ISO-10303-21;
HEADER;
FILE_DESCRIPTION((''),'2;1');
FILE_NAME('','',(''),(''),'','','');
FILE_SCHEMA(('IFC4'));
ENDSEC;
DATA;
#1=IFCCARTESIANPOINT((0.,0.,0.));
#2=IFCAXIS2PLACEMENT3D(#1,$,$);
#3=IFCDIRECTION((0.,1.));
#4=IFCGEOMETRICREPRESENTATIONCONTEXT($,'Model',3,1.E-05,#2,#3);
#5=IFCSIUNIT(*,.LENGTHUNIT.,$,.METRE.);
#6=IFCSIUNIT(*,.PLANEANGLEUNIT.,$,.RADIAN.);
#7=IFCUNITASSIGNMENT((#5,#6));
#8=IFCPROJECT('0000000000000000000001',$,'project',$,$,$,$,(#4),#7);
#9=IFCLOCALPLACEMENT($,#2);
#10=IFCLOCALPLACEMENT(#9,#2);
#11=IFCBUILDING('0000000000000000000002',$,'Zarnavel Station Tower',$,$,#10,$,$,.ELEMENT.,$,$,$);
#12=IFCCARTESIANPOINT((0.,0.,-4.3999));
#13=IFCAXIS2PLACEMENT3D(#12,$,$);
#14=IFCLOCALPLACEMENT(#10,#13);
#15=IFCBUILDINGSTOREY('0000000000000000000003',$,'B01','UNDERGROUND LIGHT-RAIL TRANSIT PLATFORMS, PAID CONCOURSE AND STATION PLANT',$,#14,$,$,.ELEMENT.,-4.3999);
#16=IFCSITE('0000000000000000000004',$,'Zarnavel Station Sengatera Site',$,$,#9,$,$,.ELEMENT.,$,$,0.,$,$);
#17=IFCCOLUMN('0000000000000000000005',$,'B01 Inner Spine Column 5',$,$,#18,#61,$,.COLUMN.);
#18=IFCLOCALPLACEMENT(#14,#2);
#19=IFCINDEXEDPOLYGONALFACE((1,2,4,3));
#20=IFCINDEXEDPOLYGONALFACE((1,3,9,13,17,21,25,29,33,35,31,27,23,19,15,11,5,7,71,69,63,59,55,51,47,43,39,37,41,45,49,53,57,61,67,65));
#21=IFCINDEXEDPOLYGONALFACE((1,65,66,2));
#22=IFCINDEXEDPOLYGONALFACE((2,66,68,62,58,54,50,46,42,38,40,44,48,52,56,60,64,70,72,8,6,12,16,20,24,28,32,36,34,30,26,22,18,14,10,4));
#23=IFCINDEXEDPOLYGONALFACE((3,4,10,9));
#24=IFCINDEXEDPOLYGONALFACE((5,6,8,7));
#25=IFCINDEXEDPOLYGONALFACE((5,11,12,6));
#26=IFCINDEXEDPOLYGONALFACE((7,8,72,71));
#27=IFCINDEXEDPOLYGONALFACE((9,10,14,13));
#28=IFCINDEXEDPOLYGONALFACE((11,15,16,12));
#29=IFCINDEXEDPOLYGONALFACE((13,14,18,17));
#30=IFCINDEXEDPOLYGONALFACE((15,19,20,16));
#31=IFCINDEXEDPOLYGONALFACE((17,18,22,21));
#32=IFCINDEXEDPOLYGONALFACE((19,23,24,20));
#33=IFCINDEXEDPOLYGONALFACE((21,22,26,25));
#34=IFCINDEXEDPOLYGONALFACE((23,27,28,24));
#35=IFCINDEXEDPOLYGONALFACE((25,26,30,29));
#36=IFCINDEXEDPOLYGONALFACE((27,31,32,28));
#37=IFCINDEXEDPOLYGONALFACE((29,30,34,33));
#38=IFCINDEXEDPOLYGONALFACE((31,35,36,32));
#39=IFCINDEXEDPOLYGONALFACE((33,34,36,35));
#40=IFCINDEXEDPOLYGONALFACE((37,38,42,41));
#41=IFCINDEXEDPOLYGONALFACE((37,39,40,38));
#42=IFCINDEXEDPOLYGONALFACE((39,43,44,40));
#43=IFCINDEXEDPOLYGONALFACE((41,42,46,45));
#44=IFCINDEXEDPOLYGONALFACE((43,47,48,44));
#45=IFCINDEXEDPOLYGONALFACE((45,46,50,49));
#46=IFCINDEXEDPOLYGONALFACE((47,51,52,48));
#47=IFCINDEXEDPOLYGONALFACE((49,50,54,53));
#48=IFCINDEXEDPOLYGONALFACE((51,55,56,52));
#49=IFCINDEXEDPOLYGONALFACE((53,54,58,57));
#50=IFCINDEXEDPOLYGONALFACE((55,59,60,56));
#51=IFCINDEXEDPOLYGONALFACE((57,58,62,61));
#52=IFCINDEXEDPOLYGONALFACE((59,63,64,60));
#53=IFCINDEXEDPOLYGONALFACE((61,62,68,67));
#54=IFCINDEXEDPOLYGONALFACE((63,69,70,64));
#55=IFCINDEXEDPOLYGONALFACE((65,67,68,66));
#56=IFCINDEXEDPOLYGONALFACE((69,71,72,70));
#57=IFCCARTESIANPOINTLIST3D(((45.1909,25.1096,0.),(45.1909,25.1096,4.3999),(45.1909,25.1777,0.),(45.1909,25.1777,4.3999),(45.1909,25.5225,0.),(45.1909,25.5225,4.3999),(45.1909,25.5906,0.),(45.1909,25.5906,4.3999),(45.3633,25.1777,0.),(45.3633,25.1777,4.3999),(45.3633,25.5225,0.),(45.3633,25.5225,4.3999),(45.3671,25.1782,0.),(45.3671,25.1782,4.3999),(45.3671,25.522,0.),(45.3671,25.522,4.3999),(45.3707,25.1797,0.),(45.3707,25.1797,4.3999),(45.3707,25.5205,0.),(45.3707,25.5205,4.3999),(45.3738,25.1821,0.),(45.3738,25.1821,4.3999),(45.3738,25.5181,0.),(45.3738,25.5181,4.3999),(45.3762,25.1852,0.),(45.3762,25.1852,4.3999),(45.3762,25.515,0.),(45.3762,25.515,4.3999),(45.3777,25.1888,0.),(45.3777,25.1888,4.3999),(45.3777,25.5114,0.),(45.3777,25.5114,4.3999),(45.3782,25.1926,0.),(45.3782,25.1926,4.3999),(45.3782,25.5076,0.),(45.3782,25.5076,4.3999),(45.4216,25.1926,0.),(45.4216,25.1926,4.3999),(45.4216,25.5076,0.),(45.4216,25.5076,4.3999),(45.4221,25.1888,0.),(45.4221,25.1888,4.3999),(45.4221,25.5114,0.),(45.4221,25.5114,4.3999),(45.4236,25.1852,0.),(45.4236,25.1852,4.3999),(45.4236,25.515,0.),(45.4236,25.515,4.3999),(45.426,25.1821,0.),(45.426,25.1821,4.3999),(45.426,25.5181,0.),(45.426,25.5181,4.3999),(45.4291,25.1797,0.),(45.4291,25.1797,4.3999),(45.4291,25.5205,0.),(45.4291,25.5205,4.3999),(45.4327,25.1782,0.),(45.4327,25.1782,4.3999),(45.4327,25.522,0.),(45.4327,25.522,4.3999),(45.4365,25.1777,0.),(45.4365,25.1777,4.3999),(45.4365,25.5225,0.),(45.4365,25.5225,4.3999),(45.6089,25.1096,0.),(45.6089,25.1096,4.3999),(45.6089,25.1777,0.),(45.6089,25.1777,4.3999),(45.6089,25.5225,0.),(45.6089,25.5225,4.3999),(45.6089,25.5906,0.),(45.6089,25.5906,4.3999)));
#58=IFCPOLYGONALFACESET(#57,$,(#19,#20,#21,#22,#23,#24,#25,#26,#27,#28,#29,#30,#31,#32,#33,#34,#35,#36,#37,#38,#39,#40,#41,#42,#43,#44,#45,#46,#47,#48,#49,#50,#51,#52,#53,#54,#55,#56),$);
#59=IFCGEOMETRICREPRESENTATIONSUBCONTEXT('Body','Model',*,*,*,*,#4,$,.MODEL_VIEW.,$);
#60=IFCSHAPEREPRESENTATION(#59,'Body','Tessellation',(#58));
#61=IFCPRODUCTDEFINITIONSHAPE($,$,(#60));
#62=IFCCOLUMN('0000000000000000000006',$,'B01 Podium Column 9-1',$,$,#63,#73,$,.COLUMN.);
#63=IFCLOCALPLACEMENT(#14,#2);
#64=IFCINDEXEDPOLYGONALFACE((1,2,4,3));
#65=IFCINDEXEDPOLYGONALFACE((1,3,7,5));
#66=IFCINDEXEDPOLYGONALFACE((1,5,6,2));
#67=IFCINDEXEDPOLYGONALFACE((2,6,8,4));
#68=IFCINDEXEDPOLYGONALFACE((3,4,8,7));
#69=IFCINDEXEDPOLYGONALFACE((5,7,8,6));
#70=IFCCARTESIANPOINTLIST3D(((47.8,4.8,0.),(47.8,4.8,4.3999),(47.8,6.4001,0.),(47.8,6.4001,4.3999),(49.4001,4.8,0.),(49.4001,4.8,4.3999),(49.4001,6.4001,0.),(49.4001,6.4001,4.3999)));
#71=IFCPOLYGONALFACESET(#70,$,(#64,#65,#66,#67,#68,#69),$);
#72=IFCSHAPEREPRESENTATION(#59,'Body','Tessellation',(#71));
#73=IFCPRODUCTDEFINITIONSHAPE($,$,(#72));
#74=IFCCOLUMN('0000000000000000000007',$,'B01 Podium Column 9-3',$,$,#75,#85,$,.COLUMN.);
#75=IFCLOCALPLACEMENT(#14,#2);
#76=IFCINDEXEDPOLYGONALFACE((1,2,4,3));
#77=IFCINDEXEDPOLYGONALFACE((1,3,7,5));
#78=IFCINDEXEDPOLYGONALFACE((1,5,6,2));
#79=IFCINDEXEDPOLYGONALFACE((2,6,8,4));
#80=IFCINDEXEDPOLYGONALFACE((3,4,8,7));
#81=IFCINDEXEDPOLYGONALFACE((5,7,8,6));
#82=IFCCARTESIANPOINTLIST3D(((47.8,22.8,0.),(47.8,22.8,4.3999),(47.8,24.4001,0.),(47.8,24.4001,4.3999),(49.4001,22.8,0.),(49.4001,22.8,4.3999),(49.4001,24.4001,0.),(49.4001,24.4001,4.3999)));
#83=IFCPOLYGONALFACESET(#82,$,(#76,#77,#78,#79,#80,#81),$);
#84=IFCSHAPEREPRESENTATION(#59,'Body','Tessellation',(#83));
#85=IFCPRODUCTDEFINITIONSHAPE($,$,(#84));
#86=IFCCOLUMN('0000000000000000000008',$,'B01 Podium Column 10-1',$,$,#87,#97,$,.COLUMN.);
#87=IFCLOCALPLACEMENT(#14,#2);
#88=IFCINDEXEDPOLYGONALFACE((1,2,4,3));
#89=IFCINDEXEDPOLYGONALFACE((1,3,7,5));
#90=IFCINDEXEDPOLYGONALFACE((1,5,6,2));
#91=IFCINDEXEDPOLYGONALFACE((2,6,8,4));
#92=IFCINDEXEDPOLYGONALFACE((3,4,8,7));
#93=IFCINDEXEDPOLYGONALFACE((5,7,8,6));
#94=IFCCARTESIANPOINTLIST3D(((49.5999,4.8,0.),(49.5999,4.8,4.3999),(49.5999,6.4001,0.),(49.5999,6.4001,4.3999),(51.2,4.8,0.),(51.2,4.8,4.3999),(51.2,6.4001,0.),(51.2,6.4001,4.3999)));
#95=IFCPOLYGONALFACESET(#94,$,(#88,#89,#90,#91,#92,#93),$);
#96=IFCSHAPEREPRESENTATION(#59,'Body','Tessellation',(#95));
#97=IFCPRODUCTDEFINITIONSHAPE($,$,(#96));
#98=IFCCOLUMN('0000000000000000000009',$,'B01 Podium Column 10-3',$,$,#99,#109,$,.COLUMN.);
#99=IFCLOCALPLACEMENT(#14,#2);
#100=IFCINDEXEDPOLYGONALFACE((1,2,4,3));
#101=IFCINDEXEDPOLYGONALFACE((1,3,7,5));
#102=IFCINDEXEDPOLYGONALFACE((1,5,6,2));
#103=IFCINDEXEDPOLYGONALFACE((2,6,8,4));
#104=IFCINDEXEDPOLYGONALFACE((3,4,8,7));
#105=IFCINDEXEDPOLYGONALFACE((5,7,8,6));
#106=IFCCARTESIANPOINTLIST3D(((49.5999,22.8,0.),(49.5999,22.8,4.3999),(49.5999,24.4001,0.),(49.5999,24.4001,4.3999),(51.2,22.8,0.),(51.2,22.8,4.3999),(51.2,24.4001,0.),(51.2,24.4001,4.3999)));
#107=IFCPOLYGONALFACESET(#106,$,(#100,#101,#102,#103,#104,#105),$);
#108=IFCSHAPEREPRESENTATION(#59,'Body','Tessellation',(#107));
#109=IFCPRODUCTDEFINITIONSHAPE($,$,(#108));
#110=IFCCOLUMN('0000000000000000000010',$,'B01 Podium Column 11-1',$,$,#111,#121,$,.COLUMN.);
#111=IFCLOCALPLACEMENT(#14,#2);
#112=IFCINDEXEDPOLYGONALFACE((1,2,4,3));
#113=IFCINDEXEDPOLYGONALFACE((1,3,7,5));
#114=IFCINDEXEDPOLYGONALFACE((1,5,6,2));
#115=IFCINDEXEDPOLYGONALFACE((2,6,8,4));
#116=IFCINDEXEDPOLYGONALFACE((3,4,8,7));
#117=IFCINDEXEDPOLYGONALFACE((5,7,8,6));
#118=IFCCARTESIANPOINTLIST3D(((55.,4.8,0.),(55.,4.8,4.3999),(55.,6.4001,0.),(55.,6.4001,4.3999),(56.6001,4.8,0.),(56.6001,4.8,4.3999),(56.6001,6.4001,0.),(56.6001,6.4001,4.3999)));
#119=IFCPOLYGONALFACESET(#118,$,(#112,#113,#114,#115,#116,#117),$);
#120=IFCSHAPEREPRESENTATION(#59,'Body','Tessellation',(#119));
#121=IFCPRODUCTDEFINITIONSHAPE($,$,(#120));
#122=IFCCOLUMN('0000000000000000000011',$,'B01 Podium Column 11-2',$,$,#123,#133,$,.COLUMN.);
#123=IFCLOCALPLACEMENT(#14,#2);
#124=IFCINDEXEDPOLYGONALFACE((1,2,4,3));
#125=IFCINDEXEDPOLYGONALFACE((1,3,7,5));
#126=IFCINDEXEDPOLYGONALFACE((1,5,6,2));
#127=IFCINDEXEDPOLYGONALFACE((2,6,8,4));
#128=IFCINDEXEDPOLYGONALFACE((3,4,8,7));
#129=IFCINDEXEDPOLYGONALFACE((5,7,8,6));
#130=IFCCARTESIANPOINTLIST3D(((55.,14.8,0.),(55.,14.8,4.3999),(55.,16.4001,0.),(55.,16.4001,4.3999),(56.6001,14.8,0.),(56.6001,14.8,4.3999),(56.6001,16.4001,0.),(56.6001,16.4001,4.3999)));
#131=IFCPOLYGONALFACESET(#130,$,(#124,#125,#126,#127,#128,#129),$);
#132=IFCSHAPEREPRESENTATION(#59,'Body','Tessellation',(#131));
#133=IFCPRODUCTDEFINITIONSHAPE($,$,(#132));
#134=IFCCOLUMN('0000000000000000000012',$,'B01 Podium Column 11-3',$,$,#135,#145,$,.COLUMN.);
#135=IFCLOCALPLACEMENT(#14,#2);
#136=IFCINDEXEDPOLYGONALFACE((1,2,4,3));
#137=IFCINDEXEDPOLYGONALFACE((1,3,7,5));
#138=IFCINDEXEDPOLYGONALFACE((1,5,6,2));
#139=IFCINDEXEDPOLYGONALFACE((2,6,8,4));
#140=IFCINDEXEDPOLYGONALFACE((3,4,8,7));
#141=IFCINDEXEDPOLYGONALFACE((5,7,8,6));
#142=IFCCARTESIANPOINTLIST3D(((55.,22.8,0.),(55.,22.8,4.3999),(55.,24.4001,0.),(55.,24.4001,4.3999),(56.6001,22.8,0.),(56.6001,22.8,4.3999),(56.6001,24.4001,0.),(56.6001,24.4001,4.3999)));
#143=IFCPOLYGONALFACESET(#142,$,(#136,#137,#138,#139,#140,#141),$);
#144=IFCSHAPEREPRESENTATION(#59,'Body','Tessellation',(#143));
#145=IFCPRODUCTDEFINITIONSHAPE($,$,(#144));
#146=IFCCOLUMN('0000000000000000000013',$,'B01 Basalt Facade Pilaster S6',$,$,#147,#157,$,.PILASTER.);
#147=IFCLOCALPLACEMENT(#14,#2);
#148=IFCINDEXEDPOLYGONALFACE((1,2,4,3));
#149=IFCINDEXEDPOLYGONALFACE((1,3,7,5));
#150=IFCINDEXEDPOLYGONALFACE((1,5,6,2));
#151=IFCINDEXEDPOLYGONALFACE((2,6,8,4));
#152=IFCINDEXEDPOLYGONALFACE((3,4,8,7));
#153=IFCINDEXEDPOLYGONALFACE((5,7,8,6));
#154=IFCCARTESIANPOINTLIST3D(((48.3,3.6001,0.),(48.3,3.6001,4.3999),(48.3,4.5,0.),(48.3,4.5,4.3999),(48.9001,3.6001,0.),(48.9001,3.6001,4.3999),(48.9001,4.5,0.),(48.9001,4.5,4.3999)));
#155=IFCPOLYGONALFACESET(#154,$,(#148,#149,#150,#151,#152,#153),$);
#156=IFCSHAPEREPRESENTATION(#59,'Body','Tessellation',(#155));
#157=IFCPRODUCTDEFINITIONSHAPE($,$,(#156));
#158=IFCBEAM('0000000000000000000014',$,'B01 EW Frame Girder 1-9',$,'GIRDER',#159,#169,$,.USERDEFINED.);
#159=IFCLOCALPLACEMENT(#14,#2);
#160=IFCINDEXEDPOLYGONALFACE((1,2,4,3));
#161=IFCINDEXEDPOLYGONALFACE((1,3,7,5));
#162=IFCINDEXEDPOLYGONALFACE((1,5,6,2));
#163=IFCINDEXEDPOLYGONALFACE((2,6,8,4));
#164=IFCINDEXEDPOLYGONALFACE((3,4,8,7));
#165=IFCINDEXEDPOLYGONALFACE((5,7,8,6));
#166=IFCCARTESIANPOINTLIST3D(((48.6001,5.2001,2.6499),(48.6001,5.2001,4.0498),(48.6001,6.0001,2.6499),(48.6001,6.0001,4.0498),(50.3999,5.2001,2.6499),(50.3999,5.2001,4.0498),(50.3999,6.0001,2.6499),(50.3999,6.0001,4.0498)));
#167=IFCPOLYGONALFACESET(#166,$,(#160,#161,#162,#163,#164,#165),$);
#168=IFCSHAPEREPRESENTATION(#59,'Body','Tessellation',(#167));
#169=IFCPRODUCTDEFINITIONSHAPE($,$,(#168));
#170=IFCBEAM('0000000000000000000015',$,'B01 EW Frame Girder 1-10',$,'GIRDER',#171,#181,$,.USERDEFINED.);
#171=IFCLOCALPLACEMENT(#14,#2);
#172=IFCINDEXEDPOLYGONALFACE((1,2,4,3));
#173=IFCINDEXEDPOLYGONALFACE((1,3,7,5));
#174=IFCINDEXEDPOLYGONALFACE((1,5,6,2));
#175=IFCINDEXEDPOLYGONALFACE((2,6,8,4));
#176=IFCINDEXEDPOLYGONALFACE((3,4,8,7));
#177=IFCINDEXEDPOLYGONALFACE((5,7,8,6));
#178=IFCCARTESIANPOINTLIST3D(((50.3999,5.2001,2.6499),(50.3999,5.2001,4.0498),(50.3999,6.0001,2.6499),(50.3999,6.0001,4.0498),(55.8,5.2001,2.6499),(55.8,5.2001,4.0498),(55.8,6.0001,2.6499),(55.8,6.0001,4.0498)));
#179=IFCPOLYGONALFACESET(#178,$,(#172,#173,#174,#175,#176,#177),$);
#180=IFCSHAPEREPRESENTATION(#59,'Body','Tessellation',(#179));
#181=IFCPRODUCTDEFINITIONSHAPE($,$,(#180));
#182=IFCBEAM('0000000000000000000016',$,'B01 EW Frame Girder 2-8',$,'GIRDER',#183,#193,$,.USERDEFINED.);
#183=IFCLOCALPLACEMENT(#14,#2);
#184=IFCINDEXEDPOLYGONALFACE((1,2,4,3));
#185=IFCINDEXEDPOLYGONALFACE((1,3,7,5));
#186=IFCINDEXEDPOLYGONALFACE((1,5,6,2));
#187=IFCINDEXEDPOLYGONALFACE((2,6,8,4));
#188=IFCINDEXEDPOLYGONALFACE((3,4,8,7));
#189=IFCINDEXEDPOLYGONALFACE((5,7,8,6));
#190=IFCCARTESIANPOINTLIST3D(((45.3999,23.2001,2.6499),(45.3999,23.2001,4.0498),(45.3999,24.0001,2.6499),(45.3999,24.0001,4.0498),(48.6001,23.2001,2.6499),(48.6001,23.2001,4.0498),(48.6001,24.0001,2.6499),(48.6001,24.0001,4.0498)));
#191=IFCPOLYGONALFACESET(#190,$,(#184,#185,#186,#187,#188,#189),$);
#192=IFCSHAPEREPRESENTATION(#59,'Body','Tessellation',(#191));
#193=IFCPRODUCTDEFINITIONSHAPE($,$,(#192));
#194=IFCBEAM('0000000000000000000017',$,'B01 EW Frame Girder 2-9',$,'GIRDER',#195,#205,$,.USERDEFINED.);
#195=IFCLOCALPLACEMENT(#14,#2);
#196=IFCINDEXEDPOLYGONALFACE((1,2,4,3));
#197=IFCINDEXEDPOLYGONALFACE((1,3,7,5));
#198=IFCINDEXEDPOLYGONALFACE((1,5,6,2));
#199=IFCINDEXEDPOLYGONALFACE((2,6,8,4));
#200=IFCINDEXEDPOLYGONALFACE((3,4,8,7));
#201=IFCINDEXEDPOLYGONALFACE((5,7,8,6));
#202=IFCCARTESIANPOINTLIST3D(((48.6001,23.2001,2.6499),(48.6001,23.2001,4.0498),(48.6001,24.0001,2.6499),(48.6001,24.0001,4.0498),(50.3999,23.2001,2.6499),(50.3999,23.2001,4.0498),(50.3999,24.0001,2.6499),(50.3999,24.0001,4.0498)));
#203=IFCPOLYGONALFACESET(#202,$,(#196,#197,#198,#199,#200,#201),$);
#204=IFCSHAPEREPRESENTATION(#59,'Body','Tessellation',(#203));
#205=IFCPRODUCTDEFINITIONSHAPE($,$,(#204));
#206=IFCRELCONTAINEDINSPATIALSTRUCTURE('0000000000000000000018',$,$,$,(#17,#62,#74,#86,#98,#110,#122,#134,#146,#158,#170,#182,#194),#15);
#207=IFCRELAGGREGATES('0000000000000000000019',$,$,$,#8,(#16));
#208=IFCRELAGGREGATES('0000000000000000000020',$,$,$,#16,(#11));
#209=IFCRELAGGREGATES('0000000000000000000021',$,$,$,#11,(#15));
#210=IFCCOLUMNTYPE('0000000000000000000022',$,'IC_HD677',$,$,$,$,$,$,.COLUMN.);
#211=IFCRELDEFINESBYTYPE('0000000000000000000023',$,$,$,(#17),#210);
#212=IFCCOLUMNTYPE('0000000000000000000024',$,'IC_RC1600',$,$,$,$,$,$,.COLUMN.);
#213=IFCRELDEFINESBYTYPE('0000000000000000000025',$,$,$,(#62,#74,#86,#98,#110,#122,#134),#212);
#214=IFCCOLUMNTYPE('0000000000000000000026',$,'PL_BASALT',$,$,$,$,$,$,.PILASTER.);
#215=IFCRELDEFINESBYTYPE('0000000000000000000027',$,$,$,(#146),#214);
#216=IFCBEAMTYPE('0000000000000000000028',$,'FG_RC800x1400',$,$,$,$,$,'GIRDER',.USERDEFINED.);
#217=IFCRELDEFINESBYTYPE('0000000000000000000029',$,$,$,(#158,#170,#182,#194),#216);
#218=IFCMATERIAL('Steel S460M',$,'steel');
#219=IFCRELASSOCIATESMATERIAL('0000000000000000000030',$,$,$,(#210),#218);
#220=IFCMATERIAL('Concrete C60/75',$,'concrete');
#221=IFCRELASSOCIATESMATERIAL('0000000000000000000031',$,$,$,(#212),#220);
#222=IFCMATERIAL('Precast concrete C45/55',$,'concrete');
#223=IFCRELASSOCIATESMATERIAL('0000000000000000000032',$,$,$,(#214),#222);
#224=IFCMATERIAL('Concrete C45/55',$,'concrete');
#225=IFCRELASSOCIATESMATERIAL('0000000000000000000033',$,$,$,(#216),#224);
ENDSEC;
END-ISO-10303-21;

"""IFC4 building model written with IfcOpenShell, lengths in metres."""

from ifc_helpers import new_model, si_unit, direction, frame, origin, origin_2d, place, context, subcontext, project, spatial, rectangle, i_section, extrude, material, material_profile, profile_set, type_object, element, save


model = new_model("IFC4")

# Units and contexts
model_context = context("Model", 3, precision=1e-05, world=origin(), true_north=direction((0.0, 1.0)))
body_context = subcontext(model_context, "Body", "Model", "MODEL_VIEW")
ifc_project = project(units=[si_unit("LENGTHUNIT", "METRE"), si_unit("PLANEANGLEUNIT", "RADIAN")], contexts=[model_context])

# Site, building, storey
site_placement = place(None, origin())
site = spatial("IfcSite", under=ifc_project, at=site_placement, Name="Zarnavel Station Sengatera Site", CompositionType="ELEMENT", RefElevation=0.0)
building_placement = place(site_placement, origin())
building = spatial("IfcBuilding", under=site, at=building_placement, Name="Zarnavel Station Tower", CompositionType="ELEMENT")
storey_placement = place(building_placement, frame((0.0, 0.0, -4.3999)))
storey = spatial("IfcBuildingStorey", under=building, at=storey_placement, Name="B01", Description="UNDERGROUND LIGHT-RAIL TRANSIT PLATFORMS, PAID CONCOURSE AND STATION PLANT", CompositionType="ELEMENT", Elevation=-4.3999)

# Columns
ifc_material_1 = material(Name="Steel S460M", Category="steel")
ifc_material_profile_1 = material_profile(ifc_material_1, i_section(OverallWidth=0.418, OverallDepth=0.481, WebThickness=0.0435, FlangeThickness=0.0681, FilletRadius=0.0149, at=origin_2d()), Name="HD400x677")
ifc_profile_set_1 = profile_set([ifc_material_profile_1], Name="Steel S460M")
column_type_1 = type_object("IfcColumnType", Name="IC_HD677", PredefinedType="COLUMN", material=ifc_profile_set_1)
column_1_placement = place(storey_placement, frame((45.3999, 25.3501, 0.0), z_axis=(0.0, 0.0, 1.0), x_axis=(1.0, 0.0, 0.0)))
element("IfcColumn", 1, at=column_1_placement, inside=storey, type_object=column_type_1, Name="B01 Inner Spine Column 5", PredefinedType="COLUMN", context=body_context, shape_type="SweptSolid", body=[
    extrude(i_section(OverallWidth=0.418, OverallDepth=0.481, WebThickness=0.0435, FlangeThickness=0.0681, FilletRadius=0.0149, at=origin_2d()), origin(), (0.0, 0.0, 1.0), 4.3999),
])
ifc_material_2 = material(Name="Concrete C60/75", Category="concrete")
ifc_material_profile_2 = material_profile(ifc_material_2, rectangle(XDim=1.6001, YDim=1.6001, at=origin_2d()), Name="RC1600x1600")
ifc_profile_set_2 = profile_set([ifc_material_profile_2], Name="Concrete C60/75")
column_type_2 = type_object("IfcColumnType", Name="IC_RC1600", PredefinedType="COLUMN", material=ifc_profile_set_2)
for number, where, z_axis, x_axis, name in (
    (2, (48.6001, 5.6001, 0.0), (0.0, 0.0, 1.0), (1.0, 0.0, 0.0), "B01 Podium Column 9-1"),
    (3, (48.6001, 23.6001, 0.0), (0.0, 0.0, 1.0), (1.0, 0.0, 0.0), "B01 Podium Column 9-3"),
    (4, (50.3999, 5.6001, 0.0), (0.0, 0.0, 1.0), (1.0, 0.0, 0.0), "B01 Podium Column 10-1"),
    (5, (50.3999, 23.6001, 0.0), (0.0, 0.0, 1.0), (1.0, 0.0, 0.0), "B01 Podium Column 10-3"),
    (6, (55.8, 5.6001, 0.0), (0.0, 0.0, 1.0), (1.0, 0.0, 0.0), "B01 Podium Column 11-1"),
    (7, (55.8, 15.6001, 0.0), (0.0, 0.0, 1.0), (1.0, 0.0, 0.0), "B01 Podium Column 11-2"),
    (8, (55.8, 23.6001, 0.0), (0.0, 0.0, 1.0), (1.0, 0.0, 0.0), "B01 Podium Column 11-3"),
):
    element("IfcColumn", number, at=place(storey_placement, frame(where, z_axis=z_axis, x_axis=x_axis)), inside=storey, type_object=column_type_2, Name=name, PredefinedType="COLUMN", context=body_context, shape_type="SweptSolid", body=[
        extrude(rectangle(XDim=1.6001, YDim=1.6001, at=origin_2d()), origin(), (0.0, 0.0, 1.0), 4.3999),
    ])
ifc_material_3 = material(Name="Precast concrete C45/55", Category="concrete")
ifc_material_profile_3 = material_profile(ifc_material_3, rectangle(XDim=0.6001, YDim=0.8999, at=origin_2d()), Name="RC600x900")
ifc_profile_set_3 = profile_set([ifc_material_profile_3], Name="Precast concrete C45/55")
column_type_3 = type_object("IfcColumnType", Name="PL_BASALT", PredefinedType="PILASTER", material=ifc_profile_set_3)
column_2_placement = place(storey_placement, frame((48.6001, 4.05, 0.0), z_axis=(0.0, 0.0, 1.0), x_axis=(1.0, 0.0, 0.0)))
element("IfcColumn", 9, at=column_2_placement, inside=storey, type_object=column_type_3, Name="B01 Basalt Facade Pilaster S6", PredefinedType="PILASTER", context=body_context, shape_type="SweptSolid", body=[
    extrude(rectangle(XDim=0.6001, YDim=0.8999, at=origin_2d()), origin(), (0.0, 0.0, 1.0), 4.3999),
])

# Beams
ifc_material_4 = material(Name="Concrete C45/55", Category="concrete")
ifc_material_profile_4 = material_profile(ifc_material_4, rectangle(XDim=0.8, YDim=1.3999, at=origin_2d()), Name="RC800x1400")
ifc_profile_set_4 = profile_set([ifc_material_profile_4], Name="Concrete C45/55")
beam_type_1 = type_object("IfcBeamType", Name="FG_RC800x1400", ElementType="GIRDER", PredefinedType="USERDEFINED", material=ifc_profile_set_4)
beam_1_placement = place(storey_placement, frame((48.6001, 5.6001, 3.3499), z_axis=(1.0, 0.0, 0.0), x_axis=(0.0, 1.0, 0.0)))
element("IfcBeam", 10, at=beam_1_placement, inside=storey, type_object=beam_type_1, Name="B01 EW Frame Girder 1-9", ObjectType="GIRDER", PredefinedType="USERDEFINED", context=body_context, shape_type="SweptSolid", body=[
    extrude(rectangle(XDim=0.8, YDim=1.3999, at=origin_2d()), origin(), (0.0, 0.0, 1.0), 1.7998),
])
beam_2_placement = place(storey_placement, frame((50.3999, 5.6001, 3.3499), z_axis=(1.0, 0.0, 0.0), x_axis=(0.0, 1.0, 0.0)))
element("IfcBeam", 11, at=beam_2_placement, inside=storey, type_object=beam_type_1, Name="B01 EW Frame Girder 1-10", ObjectType="GIRDER", PredefinedType="USERDEFINED", context=body_context, shape_type="SweptSolid", body=[
    extrude(rectangle(XDim=0.8, YDim=1.3999, at=origin_2d()), origin(), (0.0, 0.0, 1.0), 5.4001),
])
beam_3_placement = place(storey_placement, frame((45.3999, 23.6001, 3.3499), z_axis=(1.0, 0.0, 0.0), x_axis=(0.0, 1.0, 0.0)))
element("IfcBeam", 12, at=beam_3_placement, inside=storey, type_object=beam_type_1, Name="B01 EW Frame Girder 2-8", ObjectType="GIRDER", PredefinedType="USERDEFINED", context=body_context, shape_type="SweptSolid", body=[
    extrude(rectangle(XDim=0.8, YDim=1.3999, at=origin_2d()), origin(), (0.0, 0.0, 1.0), 3.2002),
])
beam_4_placement = place(storey_placement, frame((48.6001, 23.6001, 3.3499), z_axis=(1.0, 0.0, 0.0), x_axis=(0.0, 1.0, 0.0)))
element("IfcBeam", 13, at=beam_4_placement, inside=storey, type_object=beam_type_1, Name="B01 EW Frame Girder 2-9", ObjectType="GIRDER", PredefinedType="USERDEFINED", context=body_context, shape_type="SweptSolid", body=[
    extrude(rectangle(XDim=0.8, YDim=1.3999, at=origin_2d()), origin(), (0.0, 0.0, 1.0), 1.7998),
])

save(model, "model.ifc")
